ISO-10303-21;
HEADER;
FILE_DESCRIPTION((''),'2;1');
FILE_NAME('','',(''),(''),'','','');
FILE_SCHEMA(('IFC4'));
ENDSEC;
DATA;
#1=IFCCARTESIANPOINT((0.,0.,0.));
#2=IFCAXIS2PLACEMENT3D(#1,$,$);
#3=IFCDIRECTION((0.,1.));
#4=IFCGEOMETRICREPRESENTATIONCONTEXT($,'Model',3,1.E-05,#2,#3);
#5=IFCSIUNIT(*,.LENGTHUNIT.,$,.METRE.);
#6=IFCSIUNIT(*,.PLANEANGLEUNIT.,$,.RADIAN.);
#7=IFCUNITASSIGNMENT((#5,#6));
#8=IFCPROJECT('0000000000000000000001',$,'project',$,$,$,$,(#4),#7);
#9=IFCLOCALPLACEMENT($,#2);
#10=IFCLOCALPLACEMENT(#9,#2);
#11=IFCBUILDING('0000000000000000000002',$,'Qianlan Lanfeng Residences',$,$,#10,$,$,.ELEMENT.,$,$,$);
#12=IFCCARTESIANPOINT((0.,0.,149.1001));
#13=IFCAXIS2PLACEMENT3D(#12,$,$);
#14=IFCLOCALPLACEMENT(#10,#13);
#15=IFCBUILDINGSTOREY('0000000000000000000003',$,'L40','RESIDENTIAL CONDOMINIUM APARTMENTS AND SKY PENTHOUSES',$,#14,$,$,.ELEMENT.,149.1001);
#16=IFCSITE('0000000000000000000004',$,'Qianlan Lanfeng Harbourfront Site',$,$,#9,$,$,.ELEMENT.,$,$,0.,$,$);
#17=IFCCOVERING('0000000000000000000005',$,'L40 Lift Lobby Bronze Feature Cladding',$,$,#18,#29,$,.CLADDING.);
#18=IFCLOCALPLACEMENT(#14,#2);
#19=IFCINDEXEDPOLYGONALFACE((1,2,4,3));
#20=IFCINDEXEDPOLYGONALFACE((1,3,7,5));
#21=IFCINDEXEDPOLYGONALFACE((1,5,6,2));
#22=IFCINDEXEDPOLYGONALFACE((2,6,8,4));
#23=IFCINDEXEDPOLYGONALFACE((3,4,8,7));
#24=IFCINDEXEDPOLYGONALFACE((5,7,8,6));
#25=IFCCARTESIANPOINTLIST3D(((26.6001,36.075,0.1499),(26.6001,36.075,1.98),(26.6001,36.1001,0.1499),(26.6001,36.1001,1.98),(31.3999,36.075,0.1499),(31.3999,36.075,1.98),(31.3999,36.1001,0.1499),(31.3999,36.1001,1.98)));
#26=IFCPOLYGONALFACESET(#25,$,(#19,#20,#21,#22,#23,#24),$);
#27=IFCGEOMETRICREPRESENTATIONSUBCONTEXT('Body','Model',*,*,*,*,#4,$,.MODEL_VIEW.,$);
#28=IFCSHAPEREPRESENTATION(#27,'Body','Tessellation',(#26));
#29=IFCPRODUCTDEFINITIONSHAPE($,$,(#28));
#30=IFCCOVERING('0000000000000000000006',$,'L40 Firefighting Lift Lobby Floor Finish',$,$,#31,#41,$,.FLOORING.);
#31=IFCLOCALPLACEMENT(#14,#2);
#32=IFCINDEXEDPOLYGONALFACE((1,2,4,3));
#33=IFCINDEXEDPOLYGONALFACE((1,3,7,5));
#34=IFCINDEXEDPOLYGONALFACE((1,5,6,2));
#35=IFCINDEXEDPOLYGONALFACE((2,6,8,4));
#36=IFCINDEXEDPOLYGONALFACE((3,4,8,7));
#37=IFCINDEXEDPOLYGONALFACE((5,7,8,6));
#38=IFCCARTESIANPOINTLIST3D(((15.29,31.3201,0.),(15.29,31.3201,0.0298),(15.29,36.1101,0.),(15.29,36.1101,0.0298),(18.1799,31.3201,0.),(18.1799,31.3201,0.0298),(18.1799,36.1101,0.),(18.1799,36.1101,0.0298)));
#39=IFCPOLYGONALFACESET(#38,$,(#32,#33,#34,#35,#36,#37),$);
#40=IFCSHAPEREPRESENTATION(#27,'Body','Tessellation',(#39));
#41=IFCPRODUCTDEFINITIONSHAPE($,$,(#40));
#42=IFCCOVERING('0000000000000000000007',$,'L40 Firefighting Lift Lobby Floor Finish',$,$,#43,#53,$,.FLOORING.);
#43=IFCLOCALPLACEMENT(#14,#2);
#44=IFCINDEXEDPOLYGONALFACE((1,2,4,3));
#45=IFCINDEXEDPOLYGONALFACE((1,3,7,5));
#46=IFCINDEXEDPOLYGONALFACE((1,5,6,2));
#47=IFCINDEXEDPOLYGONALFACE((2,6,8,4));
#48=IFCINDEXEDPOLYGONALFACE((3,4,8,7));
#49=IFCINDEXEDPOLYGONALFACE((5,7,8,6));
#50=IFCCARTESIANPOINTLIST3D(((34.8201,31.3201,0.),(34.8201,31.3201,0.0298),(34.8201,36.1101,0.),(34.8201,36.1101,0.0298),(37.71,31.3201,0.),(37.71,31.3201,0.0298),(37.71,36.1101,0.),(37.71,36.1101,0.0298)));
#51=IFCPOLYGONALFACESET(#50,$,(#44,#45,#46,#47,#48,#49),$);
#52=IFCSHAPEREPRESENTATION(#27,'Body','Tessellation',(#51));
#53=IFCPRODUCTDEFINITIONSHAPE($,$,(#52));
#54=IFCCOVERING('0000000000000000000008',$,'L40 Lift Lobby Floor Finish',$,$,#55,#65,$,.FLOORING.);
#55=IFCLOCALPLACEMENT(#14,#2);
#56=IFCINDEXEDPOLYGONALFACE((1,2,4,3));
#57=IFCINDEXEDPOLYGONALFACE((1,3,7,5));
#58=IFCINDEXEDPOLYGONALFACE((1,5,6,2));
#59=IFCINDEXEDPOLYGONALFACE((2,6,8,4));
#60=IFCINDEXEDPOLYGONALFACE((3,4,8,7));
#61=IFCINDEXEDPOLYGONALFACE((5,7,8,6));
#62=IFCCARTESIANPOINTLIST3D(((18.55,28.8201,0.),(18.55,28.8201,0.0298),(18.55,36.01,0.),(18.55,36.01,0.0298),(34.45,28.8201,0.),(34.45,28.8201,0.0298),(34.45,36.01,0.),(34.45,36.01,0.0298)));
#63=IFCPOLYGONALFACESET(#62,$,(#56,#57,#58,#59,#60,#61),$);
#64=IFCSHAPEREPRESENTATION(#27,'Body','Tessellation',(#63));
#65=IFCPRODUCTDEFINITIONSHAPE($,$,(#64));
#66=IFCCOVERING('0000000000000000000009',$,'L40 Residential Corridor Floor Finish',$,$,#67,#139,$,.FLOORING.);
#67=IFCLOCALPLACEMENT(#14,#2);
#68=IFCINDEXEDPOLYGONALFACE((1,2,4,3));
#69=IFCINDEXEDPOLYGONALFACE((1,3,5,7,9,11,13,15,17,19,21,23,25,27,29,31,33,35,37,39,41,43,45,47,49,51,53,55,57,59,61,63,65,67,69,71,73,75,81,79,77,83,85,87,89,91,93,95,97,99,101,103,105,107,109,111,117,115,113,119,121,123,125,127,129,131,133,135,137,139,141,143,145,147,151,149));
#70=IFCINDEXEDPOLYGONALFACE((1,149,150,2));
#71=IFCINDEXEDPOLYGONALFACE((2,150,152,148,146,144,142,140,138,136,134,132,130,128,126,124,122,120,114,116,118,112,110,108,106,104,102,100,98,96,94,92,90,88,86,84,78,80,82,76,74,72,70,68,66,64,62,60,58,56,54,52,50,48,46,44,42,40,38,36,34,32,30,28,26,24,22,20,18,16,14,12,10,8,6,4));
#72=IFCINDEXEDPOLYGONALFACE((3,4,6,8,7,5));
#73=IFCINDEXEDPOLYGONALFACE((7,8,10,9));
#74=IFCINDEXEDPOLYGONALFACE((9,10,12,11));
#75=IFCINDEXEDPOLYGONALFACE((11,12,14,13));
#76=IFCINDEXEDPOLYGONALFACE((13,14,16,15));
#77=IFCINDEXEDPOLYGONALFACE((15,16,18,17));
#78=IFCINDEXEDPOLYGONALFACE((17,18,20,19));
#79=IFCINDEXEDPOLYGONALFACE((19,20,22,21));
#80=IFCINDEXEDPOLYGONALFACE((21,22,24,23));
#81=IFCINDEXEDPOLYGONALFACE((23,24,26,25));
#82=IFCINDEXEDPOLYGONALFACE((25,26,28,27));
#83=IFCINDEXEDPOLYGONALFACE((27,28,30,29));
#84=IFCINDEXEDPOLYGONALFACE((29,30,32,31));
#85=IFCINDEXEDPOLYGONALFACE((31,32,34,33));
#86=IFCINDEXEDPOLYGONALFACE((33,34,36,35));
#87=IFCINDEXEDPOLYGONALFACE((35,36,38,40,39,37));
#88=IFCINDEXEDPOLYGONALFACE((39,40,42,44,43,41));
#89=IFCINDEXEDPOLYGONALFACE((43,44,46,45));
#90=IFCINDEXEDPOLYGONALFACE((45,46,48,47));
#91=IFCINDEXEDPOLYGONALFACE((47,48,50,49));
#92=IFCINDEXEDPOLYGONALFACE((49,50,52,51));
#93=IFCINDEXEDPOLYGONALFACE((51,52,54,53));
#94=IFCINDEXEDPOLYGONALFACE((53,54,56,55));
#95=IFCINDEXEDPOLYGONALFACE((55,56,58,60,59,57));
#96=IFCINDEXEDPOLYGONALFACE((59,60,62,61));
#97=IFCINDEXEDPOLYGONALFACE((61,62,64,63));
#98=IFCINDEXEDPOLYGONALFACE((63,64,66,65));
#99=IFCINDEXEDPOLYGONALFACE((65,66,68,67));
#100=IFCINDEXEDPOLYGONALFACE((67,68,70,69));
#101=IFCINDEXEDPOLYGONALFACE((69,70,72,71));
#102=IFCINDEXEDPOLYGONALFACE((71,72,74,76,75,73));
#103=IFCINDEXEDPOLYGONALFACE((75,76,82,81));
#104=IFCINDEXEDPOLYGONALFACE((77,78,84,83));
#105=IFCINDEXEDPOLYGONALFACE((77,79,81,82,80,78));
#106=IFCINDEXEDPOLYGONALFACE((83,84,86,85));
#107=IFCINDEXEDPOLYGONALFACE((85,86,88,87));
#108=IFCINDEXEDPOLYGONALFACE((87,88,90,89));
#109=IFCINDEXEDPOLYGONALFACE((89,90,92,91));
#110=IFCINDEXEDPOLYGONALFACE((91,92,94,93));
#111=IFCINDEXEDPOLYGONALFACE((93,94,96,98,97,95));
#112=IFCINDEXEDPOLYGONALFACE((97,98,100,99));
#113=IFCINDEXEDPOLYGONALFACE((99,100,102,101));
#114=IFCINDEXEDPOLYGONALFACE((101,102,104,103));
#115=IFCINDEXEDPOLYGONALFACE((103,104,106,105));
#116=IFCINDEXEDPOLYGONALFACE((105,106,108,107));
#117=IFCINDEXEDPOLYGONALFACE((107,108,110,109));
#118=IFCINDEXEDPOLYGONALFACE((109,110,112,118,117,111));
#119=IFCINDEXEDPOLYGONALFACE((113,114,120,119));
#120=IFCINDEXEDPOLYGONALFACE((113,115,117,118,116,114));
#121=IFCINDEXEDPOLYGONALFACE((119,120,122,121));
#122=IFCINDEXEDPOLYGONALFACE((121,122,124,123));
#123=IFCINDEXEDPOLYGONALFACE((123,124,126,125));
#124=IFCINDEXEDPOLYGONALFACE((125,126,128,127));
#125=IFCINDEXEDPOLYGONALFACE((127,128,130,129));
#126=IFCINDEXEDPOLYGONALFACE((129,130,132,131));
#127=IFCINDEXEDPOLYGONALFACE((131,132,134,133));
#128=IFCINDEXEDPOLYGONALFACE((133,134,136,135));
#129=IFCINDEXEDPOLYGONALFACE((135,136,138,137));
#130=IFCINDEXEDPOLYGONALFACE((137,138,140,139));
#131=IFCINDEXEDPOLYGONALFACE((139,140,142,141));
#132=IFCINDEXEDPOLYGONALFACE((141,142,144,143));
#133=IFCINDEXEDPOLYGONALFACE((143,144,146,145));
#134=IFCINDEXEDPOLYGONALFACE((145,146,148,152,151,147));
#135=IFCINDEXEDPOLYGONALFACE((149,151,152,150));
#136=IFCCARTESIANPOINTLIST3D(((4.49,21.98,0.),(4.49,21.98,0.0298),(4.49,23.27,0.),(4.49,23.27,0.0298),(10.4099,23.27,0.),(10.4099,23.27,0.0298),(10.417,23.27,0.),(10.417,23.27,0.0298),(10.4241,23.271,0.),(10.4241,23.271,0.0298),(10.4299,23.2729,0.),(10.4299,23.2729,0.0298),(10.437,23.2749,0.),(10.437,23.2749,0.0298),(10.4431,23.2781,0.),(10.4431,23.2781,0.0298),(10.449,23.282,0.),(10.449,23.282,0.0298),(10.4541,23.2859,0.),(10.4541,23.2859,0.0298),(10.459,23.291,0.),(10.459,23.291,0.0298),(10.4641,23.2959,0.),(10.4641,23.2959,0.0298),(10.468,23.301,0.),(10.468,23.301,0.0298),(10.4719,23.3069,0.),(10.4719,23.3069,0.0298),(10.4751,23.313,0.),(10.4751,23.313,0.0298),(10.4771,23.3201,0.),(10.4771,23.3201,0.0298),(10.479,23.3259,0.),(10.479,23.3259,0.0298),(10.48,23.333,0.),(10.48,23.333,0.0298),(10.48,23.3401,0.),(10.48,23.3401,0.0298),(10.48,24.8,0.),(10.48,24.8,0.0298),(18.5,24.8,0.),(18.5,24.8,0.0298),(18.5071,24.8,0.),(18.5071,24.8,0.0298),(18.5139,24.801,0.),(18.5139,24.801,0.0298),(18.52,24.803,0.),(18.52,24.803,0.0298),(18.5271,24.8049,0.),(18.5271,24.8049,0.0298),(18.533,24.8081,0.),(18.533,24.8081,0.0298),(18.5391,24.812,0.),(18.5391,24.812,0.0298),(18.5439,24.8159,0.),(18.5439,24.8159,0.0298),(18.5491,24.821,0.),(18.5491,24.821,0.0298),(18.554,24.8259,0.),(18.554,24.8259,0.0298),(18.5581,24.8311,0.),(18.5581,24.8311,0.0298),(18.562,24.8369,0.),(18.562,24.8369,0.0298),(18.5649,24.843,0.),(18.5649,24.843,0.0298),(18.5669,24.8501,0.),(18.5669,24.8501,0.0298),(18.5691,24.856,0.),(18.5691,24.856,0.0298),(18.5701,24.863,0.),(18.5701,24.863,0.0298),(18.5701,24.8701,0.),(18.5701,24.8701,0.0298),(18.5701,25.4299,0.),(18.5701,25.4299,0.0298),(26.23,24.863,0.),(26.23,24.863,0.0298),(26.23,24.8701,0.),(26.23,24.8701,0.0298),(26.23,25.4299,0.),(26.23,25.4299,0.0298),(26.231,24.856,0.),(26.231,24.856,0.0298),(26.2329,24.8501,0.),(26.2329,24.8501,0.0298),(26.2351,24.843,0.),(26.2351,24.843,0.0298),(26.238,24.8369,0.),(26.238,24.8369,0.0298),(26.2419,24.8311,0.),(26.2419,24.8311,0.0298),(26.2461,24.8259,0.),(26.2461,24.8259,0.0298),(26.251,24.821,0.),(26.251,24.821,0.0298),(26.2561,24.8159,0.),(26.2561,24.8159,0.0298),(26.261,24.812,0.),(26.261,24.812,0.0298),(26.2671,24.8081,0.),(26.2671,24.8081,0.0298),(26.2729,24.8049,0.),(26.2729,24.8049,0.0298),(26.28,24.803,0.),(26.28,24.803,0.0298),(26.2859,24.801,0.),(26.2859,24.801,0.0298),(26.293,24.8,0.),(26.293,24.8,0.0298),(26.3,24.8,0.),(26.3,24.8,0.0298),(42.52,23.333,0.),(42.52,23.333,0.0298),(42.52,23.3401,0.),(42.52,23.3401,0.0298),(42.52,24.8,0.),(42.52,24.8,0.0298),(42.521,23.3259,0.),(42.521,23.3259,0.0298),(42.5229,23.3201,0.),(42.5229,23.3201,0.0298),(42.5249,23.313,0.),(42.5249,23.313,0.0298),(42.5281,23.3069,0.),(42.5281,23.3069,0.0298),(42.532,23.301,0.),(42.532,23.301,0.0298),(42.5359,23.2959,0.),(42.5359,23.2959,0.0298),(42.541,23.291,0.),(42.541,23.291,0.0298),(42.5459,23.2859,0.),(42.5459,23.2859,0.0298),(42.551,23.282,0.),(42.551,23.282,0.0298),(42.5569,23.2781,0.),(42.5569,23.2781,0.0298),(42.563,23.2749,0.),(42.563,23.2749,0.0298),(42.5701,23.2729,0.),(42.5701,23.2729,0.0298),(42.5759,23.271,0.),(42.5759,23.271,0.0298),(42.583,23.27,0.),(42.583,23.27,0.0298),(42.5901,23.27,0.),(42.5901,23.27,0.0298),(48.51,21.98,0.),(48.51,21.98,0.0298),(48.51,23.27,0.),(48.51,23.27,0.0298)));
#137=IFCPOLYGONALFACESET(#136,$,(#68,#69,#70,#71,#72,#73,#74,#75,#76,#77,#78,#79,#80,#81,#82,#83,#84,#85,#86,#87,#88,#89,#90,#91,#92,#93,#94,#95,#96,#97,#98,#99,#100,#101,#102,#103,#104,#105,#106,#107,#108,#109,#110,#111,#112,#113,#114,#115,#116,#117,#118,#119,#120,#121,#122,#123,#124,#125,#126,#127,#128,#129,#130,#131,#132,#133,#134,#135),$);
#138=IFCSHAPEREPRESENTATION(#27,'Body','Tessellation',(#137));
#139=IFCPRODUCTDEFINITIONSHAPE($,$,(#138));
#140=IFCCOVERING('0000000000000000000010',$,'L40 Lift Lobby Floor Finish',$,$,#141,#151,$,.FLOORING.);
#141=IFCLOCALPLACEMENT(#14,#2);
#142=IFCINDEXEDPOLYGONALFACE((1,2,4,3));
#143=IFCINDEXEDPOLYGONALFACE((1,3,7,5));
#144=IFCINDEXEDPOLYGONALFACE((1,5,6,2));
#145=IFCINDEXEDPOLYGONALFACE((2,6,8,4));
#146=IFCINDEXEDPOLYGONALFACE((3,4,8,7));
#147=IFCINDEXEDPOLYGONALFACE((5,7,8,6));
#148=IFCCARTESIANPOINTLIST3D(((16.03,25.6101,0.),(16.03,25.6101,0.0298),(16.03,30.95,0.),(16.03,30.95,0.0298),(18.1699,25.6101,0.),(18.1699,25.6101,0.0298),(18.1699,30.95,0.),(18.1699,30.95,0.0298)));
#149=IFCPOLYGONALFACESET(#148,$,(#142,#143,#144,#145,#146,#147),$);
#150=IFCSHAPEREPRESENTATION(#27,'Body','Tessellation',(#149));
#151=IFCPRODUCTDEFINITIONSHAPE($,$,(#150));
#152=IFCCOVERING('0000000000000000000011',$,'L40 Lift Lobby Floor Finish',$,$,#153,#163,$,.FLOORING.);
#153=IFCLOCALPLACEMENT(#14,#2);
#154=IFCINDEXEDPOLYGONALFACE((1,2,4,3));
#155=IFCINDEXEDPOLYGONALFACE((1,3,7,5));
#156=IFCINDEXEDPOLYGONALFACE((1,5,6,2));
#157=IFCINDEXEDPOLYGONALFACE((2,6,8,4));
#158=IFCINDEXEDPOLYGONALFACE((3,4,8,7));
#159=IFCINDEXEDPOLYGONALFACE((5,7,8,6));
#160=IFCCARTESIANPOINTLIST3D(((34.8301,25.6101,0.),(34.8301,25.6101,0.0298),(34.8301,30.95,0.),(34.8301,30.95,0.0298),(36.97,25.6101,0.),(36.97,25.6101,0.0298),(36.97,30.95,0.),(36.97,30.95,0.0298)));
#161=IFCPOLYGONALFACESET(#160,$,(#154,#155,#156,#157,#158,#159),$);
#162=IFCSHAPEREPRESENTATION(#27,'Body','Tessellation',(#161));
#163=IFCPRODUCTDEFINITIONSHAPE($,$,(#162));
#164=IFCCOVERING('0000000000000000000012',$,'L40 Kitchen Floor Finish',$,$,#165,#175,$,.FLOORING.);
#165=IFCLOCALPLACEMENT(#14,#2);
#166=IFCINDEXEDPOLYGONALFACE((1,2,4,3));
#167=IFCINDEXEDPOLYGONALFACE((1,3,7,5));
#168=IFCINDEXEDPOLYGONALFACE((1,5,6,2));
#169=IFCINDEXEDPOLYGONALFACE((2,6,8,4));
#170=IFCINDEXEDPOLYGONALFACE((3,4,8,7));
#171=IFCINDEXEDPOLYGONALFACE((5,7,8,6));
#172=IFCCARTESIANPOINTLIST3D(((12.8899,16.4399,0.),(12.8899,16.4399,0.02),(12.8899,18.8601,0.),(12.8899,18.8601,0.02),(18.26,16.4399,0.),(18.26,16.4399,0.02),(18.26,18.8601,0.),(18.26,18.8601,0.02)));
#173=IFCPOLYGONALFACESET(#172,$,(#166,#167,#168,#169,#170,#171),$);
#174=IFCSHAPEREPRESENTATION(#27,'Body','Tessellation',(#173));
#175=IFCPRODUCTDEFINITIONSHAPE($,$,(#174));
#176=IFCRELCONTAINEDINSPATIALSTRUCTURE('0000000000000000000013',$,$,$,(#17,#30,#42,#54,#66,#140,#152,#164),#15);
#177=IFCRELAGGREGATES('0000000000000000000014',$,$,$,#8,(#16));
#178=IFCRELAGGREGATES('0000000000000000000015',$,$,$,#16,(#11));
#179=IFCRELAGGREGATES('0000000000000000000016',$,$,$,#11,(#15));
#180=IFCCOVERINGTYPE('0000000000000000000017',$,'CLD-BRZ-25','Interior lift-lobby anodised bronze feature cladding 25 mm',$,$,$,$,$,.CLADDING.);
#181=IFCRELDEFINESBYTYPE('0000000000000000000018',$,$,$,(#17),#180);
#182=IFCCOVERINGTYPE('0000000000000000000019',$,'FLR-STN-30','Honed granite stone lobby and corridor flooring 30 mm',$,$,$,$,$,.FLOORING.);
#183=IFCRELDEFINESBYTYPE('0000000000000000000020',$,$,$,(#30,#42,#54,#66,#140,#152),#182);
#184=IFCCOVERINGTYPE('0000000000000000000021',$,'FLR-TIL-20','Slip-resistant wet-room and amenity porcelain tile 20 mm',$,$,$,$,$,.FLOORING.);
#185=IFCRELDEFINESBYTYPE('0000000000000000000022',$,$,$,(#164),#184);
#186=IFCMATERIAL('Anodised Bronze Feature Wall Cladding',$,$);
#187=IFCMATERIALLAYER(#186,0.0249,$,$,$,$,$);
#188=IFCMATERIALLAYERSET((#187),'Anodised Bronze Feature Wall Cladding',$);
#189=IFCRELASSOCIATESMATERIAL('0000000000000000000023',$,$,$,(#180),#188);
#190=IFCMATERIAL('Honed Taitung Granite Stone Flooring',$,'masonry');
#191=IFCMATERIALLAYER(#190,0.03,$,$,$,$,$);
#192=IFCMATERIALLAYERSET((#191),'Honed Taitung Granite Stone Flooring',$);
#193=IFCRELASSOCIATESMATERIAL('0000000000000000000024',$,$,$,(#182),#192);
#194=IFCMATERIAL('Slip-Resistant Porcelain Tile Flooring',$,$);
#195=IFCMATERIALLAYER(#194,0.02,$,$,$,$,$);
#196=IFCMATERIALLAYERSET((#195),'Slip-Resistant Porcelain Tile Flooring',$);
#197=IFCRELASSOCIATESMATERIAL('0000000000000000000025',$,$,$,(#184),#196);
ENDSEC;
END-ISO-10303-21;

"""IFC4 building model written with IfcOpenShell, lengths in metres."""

from ifc_helpers import new_model, si_unit, direction, frame, origin, place, context, subcontext, project, spatial, polyline, outline, extrude, material, layer, layer_set, type_object, element, save


model = new_model("IFC4")

# Units and contexts
model_context = context("Model", 3, precision=1e-05, world=origin(), true_north=direction((0.0, 1.0)))
body_context = subcontext(model_context, "Body", "Model", "MODEL_VIEW")
ifc_project = project(units=[si_unit("LENGTHUNIT", "METRE"), si_unit("PLANEANGLEUNIT", "RADIAN")], contexts=[model_context])

# Site, building, storey
site_placement = place(None, origin())
site = spatial("IfcSite", under=ifc_project, at=site_placement, Name="Qianlan Lanfeng Harbourfront Site", CompositionType="ELEMENT", RefElevation=0.0)
building_placement = place(site_placement, origin())
building = spatial("IfcBuilding", under=site, at=building_placement, Name="Qianlan Lanfeng Residences", CompositionType="ELEMENT")
storey_placement = place(building_placement, frame((0.0, 0.0, 149.1001)))
storey = spatial("IfcBuildingStorey", under=building, at=storey_placement, Name="L40", Description="RESIDENTIAL CONDOMINIUM APARTMENTS AND SKY PENTHOUSES", CompositionType="ELEMENT", Elevation=149.1001)

# Coverings
ifc_material_1 = material(Name="Anodised Bronze Feature Wall Cladding")
ifc_layer_1 = layer(ifc_material_1, 0.0249)
ifc_layer_set_1 = layer_set([ifc_layer_1], Name="Anodised Bronze Feature Wall Cladding")
covering_type_1 = type_object("IfcCoveringType", Name="CLD-BRZ-25", Description="Interior lift-lobby anodised bronze feature cladding 25 mm", PredefinedType="CLADDING", material=ifc_layer_set_1)
covering_1_placement = place(storey_placement, frame((0.0, 0.0, 0.1499)))
element("IfcCovering", 1, at=covering_1_placement, inside=storey, type_object=covering_type_1, Name="L40 Lift Lobby Bronze Feature Cladding", PredefinedType="CLADDING", context=body_context, shape_type="SweptSolid", body=[
    extrude(outline(polyline([(26.6001, 36.075), (31.3999, 36.075), (31.3999, 36.1001), (26.6001, 36.1001), (26.6001, 36.075)])), origin(), (0.0, 0.0, 1.0), 1.8301),
])
ifc_material_2 = material(Name="Honed Taitung Granite Stone Flooring", Category="masonry")
ifc_layer_2 = layer(ifc_material_2, 0.03)
ifc_layer_set_2 = layer_set([ifc_layer_2], Name="Honed Taitung Granite Stone Flooring")
covering_type_2 = type_object("IfcCoveringType", Name="FLR-STN-30", Description="Honed granite stone lobby and corridor flooring 30 mm", PredefinedType="FLOORING", material=ifc_layer_set_2)
covering_2_placement = place(storey_placement, origin())
element("IfcCovering", 2, at=covering_2_placement, inside=storey, type_object=covering_type_2, Name="L40 Firefighting Lift Lobby Floor Finish", PredefinedType="FLOORING", context=body_context, shape_type="SweptSolid", body=[
    extrude(outline(polyline([(15.29, 31.3201), (18.1799, 31.3201), (18.1799, 36.1101), (15.29, 36.1101), (15.29, 31.3201)])), origin(), (0.0, 0.0, 1.0), 0.0298),
])
covering_3_placement = place(storey_placement, origin())
element("IfcCovering", 3, at=covering_3_placement, inside=storey, type_object=covering_type_2, Name="L40 Firefighting Lift Lobby Floor Finish", PredefinedType="FLOORING", context=body_context, shape_type="SweptSolid", body=[
    extrude(outline(polyline([(34.8201, 31.3201), (37.71, 31.3201), (37.71, 36.1101), (34.8201, 36.1101), (34.8201, 31.3201)])), origin(), (0.0, 0.0, 1.0), 0.0298),
])
covering_4_placement = place(storey_placement, origin())
element("IfcCovering", 4, at=covering_4_placement, inside=storey, type_object=covering_type_2, Name="L40 Lift Lobby Floor Finish", PredefinedType="FLOORING", context=body_context, shape_type="SweptSolid", body=[
    extrude(outline(polyline([(18.55, 28.8201), (34.45, 28.8201), (34.45, 36.01), (18.55, 36.01), (18.55, 28.8201)])), origin(), (0.0, 0.0, 1.0), 0.0298),
])
covering_5_placement = place(storey_placement, origin())
element("IfcCovering", 5, at=covering_5_placement, inside=storey, type_object=covering_type_2, Name="L40 Residential Corridor Floor Finish", PredefinedType="FLOORING", context=body_context, shape_type="SweptSolid", body=[
    extrude(outline(polyline([(4.49, 21.98), (48.51, 21.98), (48.51, 23.27), (42.5901, 23.27), (42.583, 23.27), (42.5759, 23.271), (42.5701, 23.2729), (42.563, 23.2749), (42.5569, 23.2781), (42.551, 23.282), (42.5459, 23.2859), (42.541, 23.291), (42.5359, 23.2959), (42.532, 23.301), (42.5281, 23.3069), (42.5249, 23.313), (42.5229, 23.3201), (42.521, 23.3259), (42.52, 23.333), (42.52, 23.3401), (42.52, 24.8), (26.3, 24.8), (26.293, 24.8), (26.2859, 24.801), (26.28, 24.803), (26.2729, 24.8049), (26.2671, 24.8081), (26.261, 24.812), (26.2561, 24.8159), (26.251, 24.821), (26.2461, 24.8259), (26.2419, 24.8311), (26.238, 24.8369), (26.2351, 24.843), (26.2329, 24.8501), (26.231, 24.856), (26.23, 24.863), (26.23, 24.8701), (26.23, 25.4299), (18.5701, 25.4299), (18.5701, 24.8701), (18.5701, 24.863), (18.5691, 24.856), (18.5669, 24.8501), (18.5649, 24.843), (18.562, 24.8369), (18.5581, 24.8311), (18.554, 24.8259), (18.5491, 24.821), (18.5439, 24.8159), (18.5391, 24.812), (18.533, 24.8081), (18.5271, 24.8049), (18.52, 24.803), (18.5139, 24.801), (18.5071, 24.8), (18.5, 24.8), (10.48, 24.8), (10.48, 23.3401), (10.48, 23.333), (10.479, 23.3259), (10.4771, 23.3201), (10.4751, 23.313), (10.4719, 23.3069), (10.468, 23.301), (10.4641, 23.2959), (10.459, 23.291), (10.4541, 23.2859), (10.449, 23.282), (10.4431, 23.2781), (10.437, 23.2749), (10.4299, 23.2729), (10.4241, 23.271), (10.417, 23.27), (10.4099, 23.27), (4.49, 23.27), (4.49, 21.98)])), origin(), (0.0, 0.0, 1.0), 0.0298),
])
covering_6_placement = place(storey_placement, origin())
element("IfcCovering", 6, at=covering_6_placement, inside=storey, type_object=covering_type_2, Name="L40 Lift Lobby Floor Finish", PredefinedType="FLOORING", context=body_context, shape_type="SweptSolid", body=[
    extrude(outline(polyline([(16.03, 25.6101), (18.1699, 25.6101), (18.1699, 30.95), (16.03, 30.95), (16.03, 25.6101)])), origin(), (0.0, 0.0, 1.0), 0.0298),
])
covering_7_placement = place(storey_placement, origin())
element("IfcCovering", 7, at=covering_7_placement, inside=storey, type_object=covering_type_2, Name="L40 Lift Lobby Floor Finish", PredefinedType="FLOORING", context=body_context, shape_type="SweptSolid", body=[
    extrude(outline(polyline([(34.8301, 25.6101), (36.97, 25.6101), (36.97, 30.95), (34.8301, 30.95), (34.8301, 25.6101)])), origin(), (0.0, 0.0, 1.0), 0.0298),
])
ifc_material_3 = material(Name="Slip-Resistant Porcelain Tile Flooring")
ifc_layer_3 = layer(ifc_material_3, 0.02)
ifc_layer_set_3 = layer_set([ifc_layer_3], Name="Slip-Resistant Porcelain Tile Flooring")
covering_type_3 = type_object("IfcCoveringType", Name="FLR-TIL-20", Description="Slip-resistant wet-room and amenity porcelain tile 20 mm", PredefinedType="FLOORING", material=ifc_layer_set_3)
covering_8_placement = place(storey_placement, origin())
element("IfcCovering", 8, at=covering_8_placement, inside=storey, type_object=covering_type_3, Name="L40 Kitchen Floor Finish", PredefinedType="FLOORING", context=body_context, shape_type="SweptSolid", body=[
    extrude(outline(polyline([(12.8899, 16.4399), (18.26, 16.4399), (18.26, 18.8601), (12.8899, 18.8601), (12.8899, 16.4399)])), origin(), (0.0, 0.0, 1.0), 0.02),
])

save(model, "model.ifc")
